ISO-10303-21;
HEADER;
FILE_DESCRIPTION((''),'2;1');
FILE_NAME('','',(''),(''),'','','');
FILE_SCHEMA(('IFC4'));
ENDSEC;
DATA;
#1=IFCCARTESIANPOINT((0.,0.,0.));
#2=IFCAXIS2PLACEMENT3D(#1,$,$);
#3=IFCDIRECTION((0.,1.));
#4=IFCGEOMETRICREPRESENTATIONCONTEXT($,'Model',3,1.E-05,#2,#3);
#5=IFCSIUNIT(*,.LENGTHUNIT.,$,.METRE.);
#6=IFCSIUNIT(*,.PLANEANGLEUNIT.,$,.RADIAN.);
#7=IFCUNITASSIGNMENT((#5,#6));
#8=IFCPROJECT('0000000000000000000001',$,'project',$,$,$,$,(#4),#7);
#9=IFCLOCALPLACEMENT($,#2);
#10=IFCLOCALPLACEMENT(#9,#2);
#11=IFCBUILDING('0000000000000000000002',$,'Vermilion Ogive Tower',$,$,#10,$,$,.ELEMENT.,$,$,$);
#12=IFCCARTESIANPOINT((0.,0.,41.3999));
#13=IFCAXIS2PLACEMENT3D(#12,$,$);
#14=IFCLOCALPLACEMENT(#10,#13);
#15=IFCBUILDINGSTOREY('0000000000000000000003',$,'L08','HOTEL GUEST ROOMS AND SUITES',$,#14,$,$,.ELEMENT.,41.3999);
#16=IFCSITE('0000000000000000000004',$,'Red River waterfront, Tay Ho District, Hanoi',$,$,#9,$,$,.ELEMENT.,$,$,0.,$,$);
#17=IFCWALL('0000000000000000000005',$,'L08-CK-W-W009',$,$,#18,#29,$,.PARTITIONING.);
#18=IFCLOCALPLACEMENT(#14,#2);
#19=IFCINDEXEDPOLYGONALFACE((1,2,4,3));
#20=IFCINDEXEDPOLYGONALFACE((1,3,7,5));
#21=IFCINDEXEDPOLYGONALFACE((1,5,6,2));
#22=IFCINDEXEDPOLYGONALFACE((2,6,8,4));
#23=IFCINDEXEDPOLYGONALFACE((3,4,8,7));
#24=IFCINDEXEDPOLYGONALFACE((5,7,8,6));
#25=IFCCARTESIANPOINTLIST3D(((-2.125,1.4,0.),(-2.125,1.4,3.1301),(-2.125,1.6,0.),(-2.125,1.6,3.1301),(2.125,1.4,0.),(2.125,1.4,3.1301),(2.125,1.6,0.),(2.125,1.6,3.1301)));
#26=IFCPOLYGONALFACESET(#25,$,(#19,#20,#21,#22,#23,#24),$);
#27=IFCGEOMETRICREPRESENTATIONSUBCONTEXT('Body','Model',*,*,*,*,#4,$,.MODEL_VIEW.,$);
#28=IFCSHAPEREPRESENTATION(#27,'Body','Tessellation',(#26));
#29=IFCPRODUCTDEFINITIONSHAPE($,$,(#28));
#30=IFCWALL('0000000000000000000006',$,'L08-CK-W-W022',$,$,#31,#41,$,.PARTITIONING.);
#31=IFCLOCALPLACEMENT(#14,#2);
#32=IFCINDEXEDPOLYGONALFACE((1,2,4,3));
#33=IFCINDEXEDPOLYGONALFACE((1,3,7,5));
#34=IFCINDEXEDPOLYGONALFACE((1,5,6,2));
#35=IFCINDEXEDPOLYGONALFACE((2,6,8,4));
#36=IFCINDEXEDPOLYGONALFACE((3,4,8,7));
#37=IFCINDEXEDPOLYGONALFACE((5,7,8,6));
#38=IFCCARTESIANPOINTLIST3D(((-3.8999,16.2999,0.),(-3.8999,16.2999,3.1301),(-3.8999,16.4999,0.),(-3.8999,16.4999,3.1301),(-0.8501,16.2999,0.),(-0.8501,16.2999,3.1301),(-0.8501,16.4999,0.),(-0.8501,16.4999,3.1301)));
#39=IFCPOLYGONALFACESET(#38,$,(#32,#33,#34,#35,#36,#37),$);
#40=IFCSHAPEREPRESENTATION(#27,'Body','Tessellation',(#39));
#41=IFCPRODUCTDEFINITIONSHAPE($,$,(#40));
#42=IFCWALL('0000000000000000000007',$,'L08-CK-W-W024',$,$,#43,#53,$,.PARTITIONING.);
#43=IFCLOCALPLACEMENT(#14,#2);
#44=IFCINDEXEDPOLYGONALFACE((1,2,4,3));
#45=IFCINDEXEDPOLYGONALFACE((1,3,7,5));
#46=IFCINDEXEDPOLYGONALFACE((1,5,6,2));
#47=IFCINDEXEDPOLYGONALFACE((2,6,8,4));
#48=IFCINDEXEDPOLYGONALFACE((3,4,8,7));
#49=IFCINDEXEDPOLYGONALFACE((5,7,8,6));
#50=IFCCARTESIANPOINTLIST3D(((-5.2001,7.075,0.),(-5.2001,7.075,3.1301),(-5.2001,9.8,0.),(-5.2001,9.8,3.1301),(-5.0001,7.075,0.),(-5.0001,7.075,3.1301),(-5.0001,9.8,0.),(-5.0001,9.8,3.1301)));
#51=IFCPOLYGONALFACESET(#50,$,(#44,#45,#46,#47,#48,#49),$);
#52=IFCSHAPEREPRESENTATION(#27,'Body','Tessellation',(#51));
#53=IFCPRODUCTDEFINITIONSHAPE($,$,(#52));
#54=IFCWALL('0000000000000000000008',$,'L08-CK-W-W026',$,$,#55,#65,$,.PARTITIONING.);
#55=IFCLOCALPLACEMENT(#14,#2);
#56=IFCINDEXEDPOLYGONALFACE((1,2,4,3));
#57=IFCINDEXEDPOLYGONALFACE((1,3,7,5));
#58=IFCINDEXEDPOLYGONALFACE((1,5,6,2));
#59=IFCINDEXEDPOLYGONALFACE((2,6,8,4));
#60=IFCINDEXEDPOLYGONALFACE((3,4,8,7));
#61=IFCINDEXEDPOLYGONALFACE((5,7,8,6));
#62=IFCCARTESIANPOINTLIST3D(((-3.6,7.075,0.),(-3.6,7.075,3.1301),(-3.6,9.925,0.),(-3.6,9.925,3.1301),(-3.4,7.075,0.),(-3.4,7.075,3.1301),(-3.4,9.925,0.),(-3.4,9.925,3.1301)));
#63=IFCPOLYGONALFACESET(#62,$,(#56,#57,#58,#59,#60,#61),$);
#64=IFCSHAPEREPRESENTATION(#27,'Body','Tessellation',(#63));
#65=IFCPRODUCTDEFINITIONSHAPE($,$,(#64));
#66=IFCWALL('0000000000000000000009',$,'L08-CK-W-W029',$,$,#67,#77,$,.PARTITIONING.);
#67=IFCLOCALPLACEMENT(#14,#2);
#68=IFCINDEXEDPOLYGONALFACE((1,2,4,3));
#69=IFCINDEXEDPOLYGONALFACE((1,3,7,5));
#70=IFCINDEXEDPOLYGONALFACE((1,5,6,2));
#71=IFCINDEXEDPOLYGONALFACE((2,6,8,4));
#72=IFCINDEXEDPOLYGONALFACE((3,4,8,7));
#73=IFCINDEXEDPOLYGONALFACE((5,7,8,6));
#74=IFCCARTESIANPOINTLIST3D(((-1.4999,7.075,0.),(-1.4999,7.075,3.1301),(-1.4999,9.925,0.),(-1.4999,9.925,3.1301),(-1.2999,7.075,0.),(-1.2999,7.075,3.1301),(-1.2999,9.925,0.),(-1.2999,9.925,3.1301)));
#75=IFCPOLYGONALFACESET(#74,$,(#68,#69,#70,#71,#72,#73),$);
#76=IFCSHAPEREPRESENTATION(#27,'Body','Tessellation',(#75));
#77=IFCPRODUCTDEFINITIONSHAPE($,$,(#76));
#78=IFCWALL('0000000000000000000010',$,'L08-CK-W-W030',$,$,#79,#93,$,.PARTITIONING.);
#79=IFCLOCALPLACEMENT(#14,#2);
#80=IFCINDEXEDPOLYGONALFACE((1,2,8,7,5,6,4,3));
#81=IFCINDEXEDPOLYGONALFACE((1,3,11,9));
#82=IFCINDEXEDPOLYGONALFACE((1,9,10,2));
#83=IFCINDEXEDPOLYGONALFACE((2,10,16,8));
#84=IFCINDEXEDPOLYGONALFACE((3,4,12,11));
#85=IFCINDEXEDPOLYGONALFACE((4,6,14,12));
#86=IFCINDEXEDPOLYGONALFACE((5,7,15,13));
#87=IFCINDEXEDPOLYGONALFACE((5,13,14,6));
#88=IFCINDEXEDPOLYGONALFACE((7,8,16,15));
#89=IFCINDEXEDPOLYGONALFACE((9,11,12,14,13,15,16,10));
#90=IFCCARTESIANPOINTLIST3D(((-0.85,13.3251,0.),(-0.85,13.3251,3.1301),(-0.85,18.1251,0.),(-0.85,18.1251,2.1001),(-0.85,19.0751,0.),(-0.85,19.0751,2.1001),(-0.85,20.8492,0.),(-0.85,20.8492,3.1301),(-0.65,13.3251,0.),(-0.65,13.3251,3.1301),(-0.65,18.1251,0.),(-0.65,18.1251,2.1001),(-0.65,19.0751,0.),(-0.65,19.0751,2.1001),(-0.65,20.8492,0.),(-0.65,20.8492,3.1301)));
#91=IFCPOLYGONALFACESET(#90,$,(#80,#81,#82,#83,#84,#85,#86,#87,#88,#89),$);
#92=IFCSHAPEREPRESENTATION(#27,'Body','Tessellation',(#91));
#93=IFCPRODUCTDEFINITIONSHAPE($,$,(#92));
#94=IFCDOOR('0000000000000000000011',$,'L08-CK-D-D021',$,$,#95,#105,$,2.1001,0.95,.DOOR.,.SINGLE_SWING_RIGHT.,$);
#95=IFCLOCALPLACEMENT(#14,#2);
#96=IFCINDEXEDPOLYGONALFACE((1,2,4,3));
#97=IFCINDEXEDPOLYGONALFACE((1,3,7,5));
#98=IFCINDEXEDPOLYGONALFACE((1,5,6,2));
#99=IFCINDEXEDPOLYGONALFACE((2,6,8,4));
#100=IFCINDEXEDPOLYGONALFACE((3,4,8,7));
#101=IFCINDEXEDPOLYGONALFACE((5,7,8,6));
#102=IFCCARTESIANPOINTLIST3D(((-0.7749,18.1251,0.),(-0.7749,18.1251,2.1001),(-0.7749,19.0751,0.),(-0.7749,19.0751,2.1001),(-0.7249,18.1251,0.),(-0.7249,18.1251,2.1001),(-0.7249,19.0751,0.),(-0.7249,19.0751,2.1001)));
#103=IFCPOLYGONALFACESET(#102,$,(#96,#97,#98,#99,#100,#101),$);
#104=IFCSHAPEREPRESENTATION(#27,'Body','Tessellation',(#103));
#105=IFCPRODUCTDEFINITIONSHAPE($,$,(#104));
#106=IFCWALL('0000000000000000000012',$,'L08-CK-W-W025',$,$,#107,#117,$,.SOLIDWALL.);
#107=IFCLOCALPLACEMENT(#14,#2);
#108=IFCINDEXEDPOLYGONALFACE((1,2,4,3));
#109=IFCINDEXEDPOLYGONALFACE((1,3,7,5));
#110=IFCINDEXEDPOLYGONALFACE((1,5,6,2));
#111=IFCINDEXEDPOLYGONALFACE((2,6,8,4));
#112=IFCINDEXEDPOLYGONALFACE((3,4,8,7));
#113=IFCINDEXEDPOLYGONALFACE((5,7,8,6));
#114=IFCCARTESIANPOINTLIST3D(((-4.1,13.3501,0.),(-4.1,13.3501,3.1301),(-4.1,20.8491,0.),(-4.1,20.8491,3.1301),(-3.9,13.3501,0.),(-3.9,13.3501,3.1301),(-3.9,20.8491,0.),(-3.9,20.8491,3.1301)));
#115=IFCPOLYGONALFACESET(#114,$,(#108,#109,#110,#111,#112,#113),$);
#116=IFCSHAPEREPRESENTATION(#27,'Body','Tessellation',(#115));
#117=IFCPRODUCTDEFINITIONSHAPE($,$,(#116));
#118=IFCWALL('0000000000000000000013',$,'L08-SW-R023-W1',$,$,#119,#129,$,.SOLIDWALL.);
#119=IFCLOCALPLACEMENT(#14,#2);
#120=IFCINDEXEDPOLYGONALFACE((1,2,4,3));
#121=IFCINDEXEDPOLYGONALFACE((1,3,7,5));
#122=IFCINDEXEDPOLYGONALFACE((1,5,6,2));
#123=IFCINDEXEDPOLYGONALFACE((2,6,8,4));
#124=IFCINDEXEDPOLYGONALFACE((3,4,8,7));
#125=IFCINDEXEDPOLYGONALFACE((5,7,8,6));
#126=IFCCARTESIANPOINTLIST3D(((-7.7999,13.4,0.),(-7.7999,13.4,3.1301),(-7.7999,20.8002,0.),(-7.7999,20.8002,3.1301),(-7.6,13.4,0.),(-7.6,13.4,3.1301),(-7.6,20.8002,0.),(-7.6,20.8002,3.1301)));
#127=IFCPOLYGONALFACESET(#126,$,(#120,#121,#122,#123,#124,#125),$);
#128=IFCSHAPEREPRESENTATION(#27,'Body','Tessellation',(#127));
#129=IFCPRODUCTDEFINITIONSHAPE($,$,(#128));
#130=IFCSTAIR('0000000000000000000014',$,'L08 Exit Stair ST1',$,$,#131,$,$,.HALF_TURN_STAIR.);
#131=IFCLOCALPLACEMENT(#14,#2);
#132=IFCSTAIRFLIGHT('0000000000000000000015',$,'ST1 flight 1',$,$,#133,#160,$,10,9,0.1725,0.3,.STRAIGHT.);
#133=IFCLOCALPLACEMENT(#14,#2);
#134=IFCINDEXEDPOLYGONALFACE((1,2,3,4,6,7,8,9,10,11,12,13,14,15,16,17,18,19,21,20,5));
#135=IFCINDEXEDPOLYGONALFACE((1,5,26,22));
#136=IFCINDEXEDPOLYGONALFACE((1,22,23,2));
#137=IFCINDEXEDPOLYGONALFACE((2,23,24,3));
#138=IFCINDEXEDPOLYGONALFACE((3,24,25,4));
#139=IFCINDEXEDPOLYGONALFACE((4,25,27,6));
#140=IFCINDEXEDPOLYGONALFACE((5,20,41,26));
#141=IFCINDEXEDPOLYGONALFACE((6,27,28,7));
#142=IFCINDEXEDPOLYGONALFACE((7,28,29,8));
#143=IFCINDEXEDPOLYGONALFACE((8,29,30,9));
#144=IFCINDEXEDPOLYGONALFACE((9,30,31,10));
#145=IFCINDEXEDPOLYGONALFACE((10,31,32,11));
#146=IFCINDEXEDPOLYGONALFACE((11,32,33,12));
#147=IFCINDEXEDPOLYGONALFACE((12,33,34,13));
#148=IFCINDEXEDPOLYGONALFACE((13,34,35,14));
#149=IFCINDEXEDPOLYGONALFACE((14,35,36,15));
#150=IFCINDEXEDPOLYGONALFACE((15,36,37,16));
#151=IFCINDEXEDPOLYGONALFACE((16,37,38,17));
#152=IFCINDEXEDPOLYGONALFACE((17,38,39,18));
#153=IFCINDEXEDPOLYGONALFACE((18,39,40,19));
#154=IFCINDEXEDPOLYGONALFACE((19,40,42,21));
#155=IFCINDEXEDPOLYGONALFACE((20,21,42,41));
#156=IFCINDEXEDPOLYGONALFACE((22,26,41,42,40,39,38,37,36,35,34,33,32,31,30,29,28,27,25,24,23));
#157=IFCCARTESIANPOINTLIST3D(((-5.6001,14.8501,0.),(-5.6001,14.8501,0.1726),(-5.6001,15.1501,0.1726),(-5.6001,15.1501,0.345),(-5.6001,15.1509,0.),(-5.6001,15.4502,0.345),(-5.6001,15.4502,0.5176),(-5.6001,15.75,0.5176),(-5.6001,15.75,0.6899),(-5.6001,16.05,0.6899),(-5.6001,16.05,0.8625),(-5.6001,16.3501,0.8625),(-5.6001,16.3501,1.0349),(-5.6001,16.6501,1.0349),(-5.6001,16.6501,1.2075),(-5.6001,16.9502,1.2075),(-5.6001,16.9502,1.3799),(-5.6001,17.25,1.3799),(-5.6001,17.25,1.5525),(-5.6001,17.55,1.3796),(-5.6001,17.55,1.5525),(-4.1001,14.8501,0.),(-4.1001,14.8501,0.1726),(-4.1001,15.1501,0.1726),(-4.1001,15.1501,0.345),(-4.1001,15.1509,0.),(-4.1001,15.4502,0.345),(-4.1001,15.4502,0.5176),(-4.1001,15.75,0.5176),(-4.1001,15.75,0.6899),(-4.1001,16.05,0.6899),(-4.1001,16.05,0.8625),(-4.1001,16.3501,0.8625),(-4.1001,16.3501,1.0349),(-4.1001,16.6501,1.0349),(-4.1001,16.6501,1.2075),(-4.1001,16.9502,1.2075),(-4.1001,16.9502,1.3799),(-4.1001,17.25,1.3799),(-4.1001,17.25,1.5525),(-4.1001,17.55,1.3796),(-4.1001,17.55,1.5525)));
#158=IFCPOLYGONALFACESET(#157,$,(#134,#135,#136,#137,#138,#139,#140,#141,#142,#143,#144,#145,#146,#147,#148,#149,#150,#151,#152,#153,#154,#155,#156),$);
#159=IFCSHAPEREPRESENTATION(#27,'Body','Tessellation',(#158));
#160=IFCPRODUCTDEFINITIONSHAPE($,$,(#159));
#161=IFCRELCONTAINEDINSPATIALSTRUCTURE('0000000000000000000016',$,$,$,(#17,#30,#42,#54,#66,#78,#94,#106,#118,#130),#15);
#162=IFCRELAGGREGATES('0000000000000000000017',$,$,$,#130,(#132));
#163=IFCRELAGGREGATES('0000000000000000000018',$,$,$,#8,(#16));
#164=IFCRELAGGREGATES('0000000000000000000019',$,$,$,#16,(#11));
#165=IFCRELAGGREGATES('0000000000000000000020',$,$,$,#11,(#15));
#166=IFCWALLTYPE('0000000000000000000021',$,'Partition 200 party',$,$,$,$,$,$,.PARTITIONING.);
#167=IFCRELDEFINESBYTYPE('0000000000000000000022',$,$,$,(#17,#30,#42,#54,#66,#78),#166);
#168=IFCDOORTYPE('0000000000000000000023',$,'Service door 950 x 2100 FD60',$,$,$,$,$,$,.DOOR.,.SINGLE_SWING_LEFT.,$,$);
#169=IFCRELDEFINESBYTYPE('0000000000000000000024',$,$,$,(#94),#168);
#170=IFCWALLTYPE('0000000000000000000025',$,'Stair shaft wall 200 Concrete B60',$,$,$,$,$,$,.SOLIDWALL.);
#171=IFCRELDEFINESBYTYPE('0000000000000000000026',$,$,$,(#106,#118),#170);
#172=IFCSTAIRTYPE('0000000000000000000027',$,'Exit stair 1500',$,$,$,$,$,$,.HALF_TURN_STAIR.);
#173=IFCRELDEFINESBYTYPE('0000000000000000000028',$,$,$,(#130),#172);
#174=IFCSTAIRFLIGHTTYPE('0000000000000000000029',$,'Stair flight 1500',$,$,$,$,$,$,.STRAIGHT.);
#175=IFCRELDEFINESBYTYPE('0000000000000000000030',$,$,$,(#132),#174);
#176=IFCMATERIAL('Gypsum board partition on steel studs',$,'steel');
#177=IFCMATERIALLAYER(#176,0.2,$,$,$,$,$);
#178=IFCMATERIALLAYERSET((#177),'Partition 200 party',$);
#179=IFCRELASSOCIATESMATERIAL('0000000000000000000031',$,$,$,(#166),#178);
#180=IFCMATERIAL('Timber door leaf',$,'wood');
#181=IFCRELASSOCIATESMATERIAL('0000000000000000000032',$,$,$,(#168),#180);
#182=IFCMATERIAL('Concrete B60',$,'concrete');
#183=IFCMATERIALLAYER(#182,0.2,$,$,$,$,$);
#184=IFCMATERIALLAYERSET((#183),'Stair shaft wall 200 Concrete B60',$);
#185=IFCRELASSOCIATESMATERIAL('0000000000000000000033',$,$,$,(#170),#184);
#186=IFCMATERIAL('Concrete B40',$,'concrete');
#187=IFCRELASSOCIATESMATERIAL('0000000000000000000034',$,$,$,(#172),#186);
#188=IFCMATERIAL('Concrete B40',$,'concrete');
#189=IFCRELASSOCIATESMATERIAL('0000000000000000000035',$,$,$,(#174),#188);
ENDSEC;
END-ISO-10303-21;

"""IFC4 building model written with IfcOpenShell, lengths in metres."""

from ifc_helpers import new_model, si_unit, direction, frame, frame_2d, origin, place, context, subcontext, project, spatial, polyline, rectangle, outline, extrude, material, layer, layer_set, type_object, element, fill, aggregate, save


model = new_model("IFC4")

# Units and contexts
model_context = context("Model", 3, precision=1e-05, world=origin(), true_north=direction((0.0, 1.0)))
body_context = subcontext(model_context, "Body", "Model", "MODEL_VIEW")
ifc_project = project(units=[si_unit("LENGTHUNIT", "METRE"), si_unit("PLANEANGLEUNIT", "RADIAN")], contexts=[model_context])

# Site, building, storey
site_placement = place(None, origin())
site = spatial("IfcSite", under=ifc_project, at=site_placement, Name="Red River waterfront, Tay Ho District, Hanoi", CompositionType="ELEMENT", RefElevation=0.0)
building_placement = place(site_placement, origin())
building = spatial("IfcBuilding", under=site, at=building_placement, Name="Vermilion Ogive Tower", CompositionType="ELEMENT")
storey_placement = place(building_placement, frame((0.0, 0.0, 41.3999)))
storey = spatial("IfcBuildingStorey", under=building, at=storey_placement, Name="L08", Description="HOTEL GUEST ROOMS AND SUITES", CompositionType="ELEMENT", Elevation=41.3999)

# Walls
ifc_material_1 = material(Name="Gypsum board partition on steel studs", Category="steel")
ifc_layer_1 = layer(ifc_material_1, 0.2)
ifc_layer_set_1 = layer_set([ifc_layer_1], Name="Partition 200 party")
wall_type_1 = type_object("IfcWallType", Name="Partition 200 party", PredefinedType="PARTITIONING", material=ifc_layer_set_1)
wall_1_placement = place(storey_placement, frame((-2.125, 1.5, 0.0), z_axis=(0.0, 0.0, 1.0), x_axis=(1.0, 0.0, 0.0)))
element("IfcWall", 1, at=wall_1_placement, inside=storey, type_object=wall_type_1, Name="L08-CK-W-W009", PredefinedType="PARTITIONING", context=body_context, shape_type="SweptSolid", body=[
    extrude(rectangle(XDim=4.25, YDim=0.2, at=frame_2d((2.125, 0.0))), origin(), (0.0, 0.0, 1.0), 3.1301),
])
wall_2_placement = place(storey_placement, frame((-3.8999, 16.3999, 0.0), z_axis=(0.0, 0.0, 1.0), x_axis=(1.0, 0.0, 0.0)))
element("IfcWall", 2, at=wall_2_placement, inside=storey, type_object=wall_type_1, Name="L08-CK-W-W022", PredefinedType="PARTITIONING", context=body_context, shape_type="SweptSolid", body=[
    extrude(rectangle(XDim=3.0498, YDim=0.2, at=frame_2d((1.5249, 0.0))), origin(), (0.0, 0.0, 1.0), 3.1301),
])
wall_3_placement = place(storey_placement, frame((-5.1001, 7.075, 0.0), z_axis=(0.0, 0.0, 1.0), x_axis=(0.0, 1.0, 0.0)))
element("IfcWall", 3, at=wall_3_placement, inside=storey, type_object=wall_type_1, Name="L08-CK-W-W024", PredefinedType="PARTITIONING", context=body_context, shape_type="SweptSolid", body=[
    extrude(rectangle(XDim=2.7251, YDim=0.2, at=frame_2d((1.3625, 0.0))), origin(), (0.0, 0.0, 1.0), 3.1301),
])
for number, where, z_axis, x_axis, name in (
    (4, (-3.5, 7.075, 0.0), (0.0, 0.0, 1.0), (0.0, 1.0, 0.0), "L08-CK-W-W026"),
    (5, (-1.3999, 7.075, 0.0), (0.0, 0.0, 1.0), (0.0, 1.0, 0.0), "L08-CK-W-W029"),
):
    element("IfcWall", number, at=place(storey_placement, frame(where, z_axis=z_axis, x_axis=x_axis)), inside=storey, type_object=wall_type_1, Name=name, PredefinedType="PARTITIONING", context=body_context, shape_type="SweptSolid", body=[
        extrude(rectangle(XDim=2.8501, YDim=0.2, at=frame_2d((1.425, 0.0))), origin(), (0.0, 0.0, 1.0), 3.1301),
    ])

# Wall, opening, door
wall_4_placement = place(storey_placement, frame((-0.75, 13.325, 0.0), z_axis=(0.0, 0.0, 1.0), x_axis=(0.0, 1.0, 0.0)))
wall_4 = element("IfcWall", 6, at=wall_4_placement, inside=storey, type_object=wall_type_1, Name="L08-CK-W-W030", PredefinedType="PARTITIONING", context=body_context, shape_type="SweptSolid", body=[
    extrude(rectangle(XDim=7.5242, YDim=0.2, at=frame_2d((3.7622, 0.0))), origin(), (0.0, 0.0, 1.0), 3.1301),
])
opening_1_placement = place(wall_4_placement, frame((4.8, 0.0, 0.0)))
opening_1 = element("IfcOpeningElement", 7, at=opening_1_placement, cuts=wall_4, PredefinedType="OPENING", context=body_context, shape_type="SweptSolid", body=[
    extrude(rectangle(XDim=0.95, YDim=2.1001, at=frame_2d((0.4751, 1.05))), frame((0.0, 0.1099, 0.0), z_axis=(0.0, -1.0, 0.0), x_axis=(1.0, 0.0, 0.0)), (0.0, 0.0, 1.0), 0.22),
])
ifc_material_2 = material(Name="Timber door leaf", Category="wood")
door_type_1 = type_object("IfcDoorType", Name="Service door 950 x 2100 FD60", OperationType="SINGLE_SWING_LEFT", PredefinedType="DOOR", material=ifc_material_2)
door_1_placement = place(opening_1_placement, origin())
door_1 = element("IfcDoor", 8, at=door_1_placement, inside=storey, type_object=door_type_1, Name="L08-CK-D-D021", OperationType="SINGLE_SWING_RIGHT", OverallHeight=2.1001, OverallWidth=0.95, PredefinedType="DOOR", context=body_context, shape_type="SweptSolid", body=[
    extrude(rectangle(XDim=0.95, YDim=2.1001, at=frame_2d((0.4751, 1.05))), frame((0.0, 0.0249, 0.0), z_axis=(0.0, -1.0, 0.0), x_axis=(1.0, 0.0, 0.0)), (0.0, 0.0, 1.0), 0.05),
])
fill(opening_1, door_1)

# Walls
ifc_material_3 = material(Name="Concrete B60", Category="concrete")
ifc_layer_2 = layer(ifc_material_3, 0.2)
ifc_layer_set_2 = layer_set([ifc_layer_2], Name="Stair shaft wall 200 Concrete B60")
wall_type_2 = type_object("IfcWallType", Name="Stair shaft wall 200 Concrete B60", PredefinedType="SOLIDWALL", material=ifc_layer_set_2)
wall_5_placement = place(storey_placement, frame((-4.0, 13.3501, 0.0), z_axis=(0.0, 0.0, 1.0), x_axis=(0.0, 1.0, 0.0)))
element("IfcWall", 9, at=wall_5_placement, inside=storey, type_object=wall_type_2, Name="L08-CK-W-W025", PredefinedType="SOLIDWALL", context=body_context, shape_type="SweptSolid", body=[
    extrude(rectangle(XDim=7.499, YDim=0.2, at=frame_2d((3.7495, 0.0))), origin(), (0.0, 0.0, 1.0), 3.1301),
])
wall_6_placement = place(storey_placement, frame((-7.7, 13.3999, 0.0), z_axis=(0.0, 0.0, 1.0), x_axis=(0.0, 1.0, 0.0)))
element("IfcWall", 10, at=wall_6_placement, inside=storey, type_object=wall_type_2, Name="L08-SW-R023-W1", PredefinedType="SOLIDWALL", context=body_context, shape_type="SweptSolid", body=[
    extrude(rectangle(XDim=7.4001, YDim=0.2, at=frame_2d((3.7002, 0.0))), origin(), (0.0, 0.0, 1.0), 3.1301),
])

# Stair, stair flight
ifc_material_4 = material(Name="Concrete B40", Category="concrete")
stair_type = type_object("IfcStairType", Name="Exit stair 1500", PredefinedType="HALF_TURN_STAIR", material=ifc_material_4)
stair_placement = place(storey_placement, origin())
stair = element("IfcStair", 11, at=stair_placement, inside=storey, type_object=stair_type, Name="L08 Exit Stair ST1", PredefinedType="HALF_TURN_STAIR")
ifc_material_5 = material(Name="Concrete B40", Category="concrete")
stair_flight_type = type_object("IfcStairFlightType", Name="Stair flight 1500", PredefinedType="STRAIGHT", material=ifc_material_5)
stair_flight_1_placement = place(storey_placement, frame((-4.8501, 14.8501, 0.0), z_axis=(0.0, 0.0, 1.0), x_axis=(0.0, 1.0, 0.0)))
stair_flight_1 = element("IfcStairFlight", 12, at=stair_flight_1_placement, type_object=stair_flight_type, Name="ST1 flight 1", NumberOfRisers=10, NumberOfTreads=9, PredefinedType="STRAIGHT", RiserHeight=0.1725, TreadLength=0.3, context=body_context, shape_type="SweptSolid", body=[
    extrude(outline(polyline([(0.0, 0.0), (0.0, 0.1726), (0.3, 0.1726), (0.3, 0.345), (0.6001, 0.345), (0.6001, 0.5176), (0.8999, 0.5176), (0.8999, 0.6899), (1.2, 0.6899), (1.2, 0.8625), (1.5, 0.8625), (1.5, 1.0349), (1.8, 1.0349), (1.8, 1.2075), (2.1001, 1.2075), (2.1001, 1.3799), (2.3999, 1.3799), (2.3999, 1.5525), (2.7, 1.5525), (2.7, 1.7251), (2.7, 1.3796), (0.3008, 0.0), (0.0, 0.0)])), frame((0.0, 0.75, 0.0), z_axis=(0.0, -1.0, 0.0), x_axis=(1.0, 0.0, 0.0)), (0.0, 0.0, 1.0), 1.5),
])
aggregate(stair, [stair_flight_1])

save(model, "model.ifc")
